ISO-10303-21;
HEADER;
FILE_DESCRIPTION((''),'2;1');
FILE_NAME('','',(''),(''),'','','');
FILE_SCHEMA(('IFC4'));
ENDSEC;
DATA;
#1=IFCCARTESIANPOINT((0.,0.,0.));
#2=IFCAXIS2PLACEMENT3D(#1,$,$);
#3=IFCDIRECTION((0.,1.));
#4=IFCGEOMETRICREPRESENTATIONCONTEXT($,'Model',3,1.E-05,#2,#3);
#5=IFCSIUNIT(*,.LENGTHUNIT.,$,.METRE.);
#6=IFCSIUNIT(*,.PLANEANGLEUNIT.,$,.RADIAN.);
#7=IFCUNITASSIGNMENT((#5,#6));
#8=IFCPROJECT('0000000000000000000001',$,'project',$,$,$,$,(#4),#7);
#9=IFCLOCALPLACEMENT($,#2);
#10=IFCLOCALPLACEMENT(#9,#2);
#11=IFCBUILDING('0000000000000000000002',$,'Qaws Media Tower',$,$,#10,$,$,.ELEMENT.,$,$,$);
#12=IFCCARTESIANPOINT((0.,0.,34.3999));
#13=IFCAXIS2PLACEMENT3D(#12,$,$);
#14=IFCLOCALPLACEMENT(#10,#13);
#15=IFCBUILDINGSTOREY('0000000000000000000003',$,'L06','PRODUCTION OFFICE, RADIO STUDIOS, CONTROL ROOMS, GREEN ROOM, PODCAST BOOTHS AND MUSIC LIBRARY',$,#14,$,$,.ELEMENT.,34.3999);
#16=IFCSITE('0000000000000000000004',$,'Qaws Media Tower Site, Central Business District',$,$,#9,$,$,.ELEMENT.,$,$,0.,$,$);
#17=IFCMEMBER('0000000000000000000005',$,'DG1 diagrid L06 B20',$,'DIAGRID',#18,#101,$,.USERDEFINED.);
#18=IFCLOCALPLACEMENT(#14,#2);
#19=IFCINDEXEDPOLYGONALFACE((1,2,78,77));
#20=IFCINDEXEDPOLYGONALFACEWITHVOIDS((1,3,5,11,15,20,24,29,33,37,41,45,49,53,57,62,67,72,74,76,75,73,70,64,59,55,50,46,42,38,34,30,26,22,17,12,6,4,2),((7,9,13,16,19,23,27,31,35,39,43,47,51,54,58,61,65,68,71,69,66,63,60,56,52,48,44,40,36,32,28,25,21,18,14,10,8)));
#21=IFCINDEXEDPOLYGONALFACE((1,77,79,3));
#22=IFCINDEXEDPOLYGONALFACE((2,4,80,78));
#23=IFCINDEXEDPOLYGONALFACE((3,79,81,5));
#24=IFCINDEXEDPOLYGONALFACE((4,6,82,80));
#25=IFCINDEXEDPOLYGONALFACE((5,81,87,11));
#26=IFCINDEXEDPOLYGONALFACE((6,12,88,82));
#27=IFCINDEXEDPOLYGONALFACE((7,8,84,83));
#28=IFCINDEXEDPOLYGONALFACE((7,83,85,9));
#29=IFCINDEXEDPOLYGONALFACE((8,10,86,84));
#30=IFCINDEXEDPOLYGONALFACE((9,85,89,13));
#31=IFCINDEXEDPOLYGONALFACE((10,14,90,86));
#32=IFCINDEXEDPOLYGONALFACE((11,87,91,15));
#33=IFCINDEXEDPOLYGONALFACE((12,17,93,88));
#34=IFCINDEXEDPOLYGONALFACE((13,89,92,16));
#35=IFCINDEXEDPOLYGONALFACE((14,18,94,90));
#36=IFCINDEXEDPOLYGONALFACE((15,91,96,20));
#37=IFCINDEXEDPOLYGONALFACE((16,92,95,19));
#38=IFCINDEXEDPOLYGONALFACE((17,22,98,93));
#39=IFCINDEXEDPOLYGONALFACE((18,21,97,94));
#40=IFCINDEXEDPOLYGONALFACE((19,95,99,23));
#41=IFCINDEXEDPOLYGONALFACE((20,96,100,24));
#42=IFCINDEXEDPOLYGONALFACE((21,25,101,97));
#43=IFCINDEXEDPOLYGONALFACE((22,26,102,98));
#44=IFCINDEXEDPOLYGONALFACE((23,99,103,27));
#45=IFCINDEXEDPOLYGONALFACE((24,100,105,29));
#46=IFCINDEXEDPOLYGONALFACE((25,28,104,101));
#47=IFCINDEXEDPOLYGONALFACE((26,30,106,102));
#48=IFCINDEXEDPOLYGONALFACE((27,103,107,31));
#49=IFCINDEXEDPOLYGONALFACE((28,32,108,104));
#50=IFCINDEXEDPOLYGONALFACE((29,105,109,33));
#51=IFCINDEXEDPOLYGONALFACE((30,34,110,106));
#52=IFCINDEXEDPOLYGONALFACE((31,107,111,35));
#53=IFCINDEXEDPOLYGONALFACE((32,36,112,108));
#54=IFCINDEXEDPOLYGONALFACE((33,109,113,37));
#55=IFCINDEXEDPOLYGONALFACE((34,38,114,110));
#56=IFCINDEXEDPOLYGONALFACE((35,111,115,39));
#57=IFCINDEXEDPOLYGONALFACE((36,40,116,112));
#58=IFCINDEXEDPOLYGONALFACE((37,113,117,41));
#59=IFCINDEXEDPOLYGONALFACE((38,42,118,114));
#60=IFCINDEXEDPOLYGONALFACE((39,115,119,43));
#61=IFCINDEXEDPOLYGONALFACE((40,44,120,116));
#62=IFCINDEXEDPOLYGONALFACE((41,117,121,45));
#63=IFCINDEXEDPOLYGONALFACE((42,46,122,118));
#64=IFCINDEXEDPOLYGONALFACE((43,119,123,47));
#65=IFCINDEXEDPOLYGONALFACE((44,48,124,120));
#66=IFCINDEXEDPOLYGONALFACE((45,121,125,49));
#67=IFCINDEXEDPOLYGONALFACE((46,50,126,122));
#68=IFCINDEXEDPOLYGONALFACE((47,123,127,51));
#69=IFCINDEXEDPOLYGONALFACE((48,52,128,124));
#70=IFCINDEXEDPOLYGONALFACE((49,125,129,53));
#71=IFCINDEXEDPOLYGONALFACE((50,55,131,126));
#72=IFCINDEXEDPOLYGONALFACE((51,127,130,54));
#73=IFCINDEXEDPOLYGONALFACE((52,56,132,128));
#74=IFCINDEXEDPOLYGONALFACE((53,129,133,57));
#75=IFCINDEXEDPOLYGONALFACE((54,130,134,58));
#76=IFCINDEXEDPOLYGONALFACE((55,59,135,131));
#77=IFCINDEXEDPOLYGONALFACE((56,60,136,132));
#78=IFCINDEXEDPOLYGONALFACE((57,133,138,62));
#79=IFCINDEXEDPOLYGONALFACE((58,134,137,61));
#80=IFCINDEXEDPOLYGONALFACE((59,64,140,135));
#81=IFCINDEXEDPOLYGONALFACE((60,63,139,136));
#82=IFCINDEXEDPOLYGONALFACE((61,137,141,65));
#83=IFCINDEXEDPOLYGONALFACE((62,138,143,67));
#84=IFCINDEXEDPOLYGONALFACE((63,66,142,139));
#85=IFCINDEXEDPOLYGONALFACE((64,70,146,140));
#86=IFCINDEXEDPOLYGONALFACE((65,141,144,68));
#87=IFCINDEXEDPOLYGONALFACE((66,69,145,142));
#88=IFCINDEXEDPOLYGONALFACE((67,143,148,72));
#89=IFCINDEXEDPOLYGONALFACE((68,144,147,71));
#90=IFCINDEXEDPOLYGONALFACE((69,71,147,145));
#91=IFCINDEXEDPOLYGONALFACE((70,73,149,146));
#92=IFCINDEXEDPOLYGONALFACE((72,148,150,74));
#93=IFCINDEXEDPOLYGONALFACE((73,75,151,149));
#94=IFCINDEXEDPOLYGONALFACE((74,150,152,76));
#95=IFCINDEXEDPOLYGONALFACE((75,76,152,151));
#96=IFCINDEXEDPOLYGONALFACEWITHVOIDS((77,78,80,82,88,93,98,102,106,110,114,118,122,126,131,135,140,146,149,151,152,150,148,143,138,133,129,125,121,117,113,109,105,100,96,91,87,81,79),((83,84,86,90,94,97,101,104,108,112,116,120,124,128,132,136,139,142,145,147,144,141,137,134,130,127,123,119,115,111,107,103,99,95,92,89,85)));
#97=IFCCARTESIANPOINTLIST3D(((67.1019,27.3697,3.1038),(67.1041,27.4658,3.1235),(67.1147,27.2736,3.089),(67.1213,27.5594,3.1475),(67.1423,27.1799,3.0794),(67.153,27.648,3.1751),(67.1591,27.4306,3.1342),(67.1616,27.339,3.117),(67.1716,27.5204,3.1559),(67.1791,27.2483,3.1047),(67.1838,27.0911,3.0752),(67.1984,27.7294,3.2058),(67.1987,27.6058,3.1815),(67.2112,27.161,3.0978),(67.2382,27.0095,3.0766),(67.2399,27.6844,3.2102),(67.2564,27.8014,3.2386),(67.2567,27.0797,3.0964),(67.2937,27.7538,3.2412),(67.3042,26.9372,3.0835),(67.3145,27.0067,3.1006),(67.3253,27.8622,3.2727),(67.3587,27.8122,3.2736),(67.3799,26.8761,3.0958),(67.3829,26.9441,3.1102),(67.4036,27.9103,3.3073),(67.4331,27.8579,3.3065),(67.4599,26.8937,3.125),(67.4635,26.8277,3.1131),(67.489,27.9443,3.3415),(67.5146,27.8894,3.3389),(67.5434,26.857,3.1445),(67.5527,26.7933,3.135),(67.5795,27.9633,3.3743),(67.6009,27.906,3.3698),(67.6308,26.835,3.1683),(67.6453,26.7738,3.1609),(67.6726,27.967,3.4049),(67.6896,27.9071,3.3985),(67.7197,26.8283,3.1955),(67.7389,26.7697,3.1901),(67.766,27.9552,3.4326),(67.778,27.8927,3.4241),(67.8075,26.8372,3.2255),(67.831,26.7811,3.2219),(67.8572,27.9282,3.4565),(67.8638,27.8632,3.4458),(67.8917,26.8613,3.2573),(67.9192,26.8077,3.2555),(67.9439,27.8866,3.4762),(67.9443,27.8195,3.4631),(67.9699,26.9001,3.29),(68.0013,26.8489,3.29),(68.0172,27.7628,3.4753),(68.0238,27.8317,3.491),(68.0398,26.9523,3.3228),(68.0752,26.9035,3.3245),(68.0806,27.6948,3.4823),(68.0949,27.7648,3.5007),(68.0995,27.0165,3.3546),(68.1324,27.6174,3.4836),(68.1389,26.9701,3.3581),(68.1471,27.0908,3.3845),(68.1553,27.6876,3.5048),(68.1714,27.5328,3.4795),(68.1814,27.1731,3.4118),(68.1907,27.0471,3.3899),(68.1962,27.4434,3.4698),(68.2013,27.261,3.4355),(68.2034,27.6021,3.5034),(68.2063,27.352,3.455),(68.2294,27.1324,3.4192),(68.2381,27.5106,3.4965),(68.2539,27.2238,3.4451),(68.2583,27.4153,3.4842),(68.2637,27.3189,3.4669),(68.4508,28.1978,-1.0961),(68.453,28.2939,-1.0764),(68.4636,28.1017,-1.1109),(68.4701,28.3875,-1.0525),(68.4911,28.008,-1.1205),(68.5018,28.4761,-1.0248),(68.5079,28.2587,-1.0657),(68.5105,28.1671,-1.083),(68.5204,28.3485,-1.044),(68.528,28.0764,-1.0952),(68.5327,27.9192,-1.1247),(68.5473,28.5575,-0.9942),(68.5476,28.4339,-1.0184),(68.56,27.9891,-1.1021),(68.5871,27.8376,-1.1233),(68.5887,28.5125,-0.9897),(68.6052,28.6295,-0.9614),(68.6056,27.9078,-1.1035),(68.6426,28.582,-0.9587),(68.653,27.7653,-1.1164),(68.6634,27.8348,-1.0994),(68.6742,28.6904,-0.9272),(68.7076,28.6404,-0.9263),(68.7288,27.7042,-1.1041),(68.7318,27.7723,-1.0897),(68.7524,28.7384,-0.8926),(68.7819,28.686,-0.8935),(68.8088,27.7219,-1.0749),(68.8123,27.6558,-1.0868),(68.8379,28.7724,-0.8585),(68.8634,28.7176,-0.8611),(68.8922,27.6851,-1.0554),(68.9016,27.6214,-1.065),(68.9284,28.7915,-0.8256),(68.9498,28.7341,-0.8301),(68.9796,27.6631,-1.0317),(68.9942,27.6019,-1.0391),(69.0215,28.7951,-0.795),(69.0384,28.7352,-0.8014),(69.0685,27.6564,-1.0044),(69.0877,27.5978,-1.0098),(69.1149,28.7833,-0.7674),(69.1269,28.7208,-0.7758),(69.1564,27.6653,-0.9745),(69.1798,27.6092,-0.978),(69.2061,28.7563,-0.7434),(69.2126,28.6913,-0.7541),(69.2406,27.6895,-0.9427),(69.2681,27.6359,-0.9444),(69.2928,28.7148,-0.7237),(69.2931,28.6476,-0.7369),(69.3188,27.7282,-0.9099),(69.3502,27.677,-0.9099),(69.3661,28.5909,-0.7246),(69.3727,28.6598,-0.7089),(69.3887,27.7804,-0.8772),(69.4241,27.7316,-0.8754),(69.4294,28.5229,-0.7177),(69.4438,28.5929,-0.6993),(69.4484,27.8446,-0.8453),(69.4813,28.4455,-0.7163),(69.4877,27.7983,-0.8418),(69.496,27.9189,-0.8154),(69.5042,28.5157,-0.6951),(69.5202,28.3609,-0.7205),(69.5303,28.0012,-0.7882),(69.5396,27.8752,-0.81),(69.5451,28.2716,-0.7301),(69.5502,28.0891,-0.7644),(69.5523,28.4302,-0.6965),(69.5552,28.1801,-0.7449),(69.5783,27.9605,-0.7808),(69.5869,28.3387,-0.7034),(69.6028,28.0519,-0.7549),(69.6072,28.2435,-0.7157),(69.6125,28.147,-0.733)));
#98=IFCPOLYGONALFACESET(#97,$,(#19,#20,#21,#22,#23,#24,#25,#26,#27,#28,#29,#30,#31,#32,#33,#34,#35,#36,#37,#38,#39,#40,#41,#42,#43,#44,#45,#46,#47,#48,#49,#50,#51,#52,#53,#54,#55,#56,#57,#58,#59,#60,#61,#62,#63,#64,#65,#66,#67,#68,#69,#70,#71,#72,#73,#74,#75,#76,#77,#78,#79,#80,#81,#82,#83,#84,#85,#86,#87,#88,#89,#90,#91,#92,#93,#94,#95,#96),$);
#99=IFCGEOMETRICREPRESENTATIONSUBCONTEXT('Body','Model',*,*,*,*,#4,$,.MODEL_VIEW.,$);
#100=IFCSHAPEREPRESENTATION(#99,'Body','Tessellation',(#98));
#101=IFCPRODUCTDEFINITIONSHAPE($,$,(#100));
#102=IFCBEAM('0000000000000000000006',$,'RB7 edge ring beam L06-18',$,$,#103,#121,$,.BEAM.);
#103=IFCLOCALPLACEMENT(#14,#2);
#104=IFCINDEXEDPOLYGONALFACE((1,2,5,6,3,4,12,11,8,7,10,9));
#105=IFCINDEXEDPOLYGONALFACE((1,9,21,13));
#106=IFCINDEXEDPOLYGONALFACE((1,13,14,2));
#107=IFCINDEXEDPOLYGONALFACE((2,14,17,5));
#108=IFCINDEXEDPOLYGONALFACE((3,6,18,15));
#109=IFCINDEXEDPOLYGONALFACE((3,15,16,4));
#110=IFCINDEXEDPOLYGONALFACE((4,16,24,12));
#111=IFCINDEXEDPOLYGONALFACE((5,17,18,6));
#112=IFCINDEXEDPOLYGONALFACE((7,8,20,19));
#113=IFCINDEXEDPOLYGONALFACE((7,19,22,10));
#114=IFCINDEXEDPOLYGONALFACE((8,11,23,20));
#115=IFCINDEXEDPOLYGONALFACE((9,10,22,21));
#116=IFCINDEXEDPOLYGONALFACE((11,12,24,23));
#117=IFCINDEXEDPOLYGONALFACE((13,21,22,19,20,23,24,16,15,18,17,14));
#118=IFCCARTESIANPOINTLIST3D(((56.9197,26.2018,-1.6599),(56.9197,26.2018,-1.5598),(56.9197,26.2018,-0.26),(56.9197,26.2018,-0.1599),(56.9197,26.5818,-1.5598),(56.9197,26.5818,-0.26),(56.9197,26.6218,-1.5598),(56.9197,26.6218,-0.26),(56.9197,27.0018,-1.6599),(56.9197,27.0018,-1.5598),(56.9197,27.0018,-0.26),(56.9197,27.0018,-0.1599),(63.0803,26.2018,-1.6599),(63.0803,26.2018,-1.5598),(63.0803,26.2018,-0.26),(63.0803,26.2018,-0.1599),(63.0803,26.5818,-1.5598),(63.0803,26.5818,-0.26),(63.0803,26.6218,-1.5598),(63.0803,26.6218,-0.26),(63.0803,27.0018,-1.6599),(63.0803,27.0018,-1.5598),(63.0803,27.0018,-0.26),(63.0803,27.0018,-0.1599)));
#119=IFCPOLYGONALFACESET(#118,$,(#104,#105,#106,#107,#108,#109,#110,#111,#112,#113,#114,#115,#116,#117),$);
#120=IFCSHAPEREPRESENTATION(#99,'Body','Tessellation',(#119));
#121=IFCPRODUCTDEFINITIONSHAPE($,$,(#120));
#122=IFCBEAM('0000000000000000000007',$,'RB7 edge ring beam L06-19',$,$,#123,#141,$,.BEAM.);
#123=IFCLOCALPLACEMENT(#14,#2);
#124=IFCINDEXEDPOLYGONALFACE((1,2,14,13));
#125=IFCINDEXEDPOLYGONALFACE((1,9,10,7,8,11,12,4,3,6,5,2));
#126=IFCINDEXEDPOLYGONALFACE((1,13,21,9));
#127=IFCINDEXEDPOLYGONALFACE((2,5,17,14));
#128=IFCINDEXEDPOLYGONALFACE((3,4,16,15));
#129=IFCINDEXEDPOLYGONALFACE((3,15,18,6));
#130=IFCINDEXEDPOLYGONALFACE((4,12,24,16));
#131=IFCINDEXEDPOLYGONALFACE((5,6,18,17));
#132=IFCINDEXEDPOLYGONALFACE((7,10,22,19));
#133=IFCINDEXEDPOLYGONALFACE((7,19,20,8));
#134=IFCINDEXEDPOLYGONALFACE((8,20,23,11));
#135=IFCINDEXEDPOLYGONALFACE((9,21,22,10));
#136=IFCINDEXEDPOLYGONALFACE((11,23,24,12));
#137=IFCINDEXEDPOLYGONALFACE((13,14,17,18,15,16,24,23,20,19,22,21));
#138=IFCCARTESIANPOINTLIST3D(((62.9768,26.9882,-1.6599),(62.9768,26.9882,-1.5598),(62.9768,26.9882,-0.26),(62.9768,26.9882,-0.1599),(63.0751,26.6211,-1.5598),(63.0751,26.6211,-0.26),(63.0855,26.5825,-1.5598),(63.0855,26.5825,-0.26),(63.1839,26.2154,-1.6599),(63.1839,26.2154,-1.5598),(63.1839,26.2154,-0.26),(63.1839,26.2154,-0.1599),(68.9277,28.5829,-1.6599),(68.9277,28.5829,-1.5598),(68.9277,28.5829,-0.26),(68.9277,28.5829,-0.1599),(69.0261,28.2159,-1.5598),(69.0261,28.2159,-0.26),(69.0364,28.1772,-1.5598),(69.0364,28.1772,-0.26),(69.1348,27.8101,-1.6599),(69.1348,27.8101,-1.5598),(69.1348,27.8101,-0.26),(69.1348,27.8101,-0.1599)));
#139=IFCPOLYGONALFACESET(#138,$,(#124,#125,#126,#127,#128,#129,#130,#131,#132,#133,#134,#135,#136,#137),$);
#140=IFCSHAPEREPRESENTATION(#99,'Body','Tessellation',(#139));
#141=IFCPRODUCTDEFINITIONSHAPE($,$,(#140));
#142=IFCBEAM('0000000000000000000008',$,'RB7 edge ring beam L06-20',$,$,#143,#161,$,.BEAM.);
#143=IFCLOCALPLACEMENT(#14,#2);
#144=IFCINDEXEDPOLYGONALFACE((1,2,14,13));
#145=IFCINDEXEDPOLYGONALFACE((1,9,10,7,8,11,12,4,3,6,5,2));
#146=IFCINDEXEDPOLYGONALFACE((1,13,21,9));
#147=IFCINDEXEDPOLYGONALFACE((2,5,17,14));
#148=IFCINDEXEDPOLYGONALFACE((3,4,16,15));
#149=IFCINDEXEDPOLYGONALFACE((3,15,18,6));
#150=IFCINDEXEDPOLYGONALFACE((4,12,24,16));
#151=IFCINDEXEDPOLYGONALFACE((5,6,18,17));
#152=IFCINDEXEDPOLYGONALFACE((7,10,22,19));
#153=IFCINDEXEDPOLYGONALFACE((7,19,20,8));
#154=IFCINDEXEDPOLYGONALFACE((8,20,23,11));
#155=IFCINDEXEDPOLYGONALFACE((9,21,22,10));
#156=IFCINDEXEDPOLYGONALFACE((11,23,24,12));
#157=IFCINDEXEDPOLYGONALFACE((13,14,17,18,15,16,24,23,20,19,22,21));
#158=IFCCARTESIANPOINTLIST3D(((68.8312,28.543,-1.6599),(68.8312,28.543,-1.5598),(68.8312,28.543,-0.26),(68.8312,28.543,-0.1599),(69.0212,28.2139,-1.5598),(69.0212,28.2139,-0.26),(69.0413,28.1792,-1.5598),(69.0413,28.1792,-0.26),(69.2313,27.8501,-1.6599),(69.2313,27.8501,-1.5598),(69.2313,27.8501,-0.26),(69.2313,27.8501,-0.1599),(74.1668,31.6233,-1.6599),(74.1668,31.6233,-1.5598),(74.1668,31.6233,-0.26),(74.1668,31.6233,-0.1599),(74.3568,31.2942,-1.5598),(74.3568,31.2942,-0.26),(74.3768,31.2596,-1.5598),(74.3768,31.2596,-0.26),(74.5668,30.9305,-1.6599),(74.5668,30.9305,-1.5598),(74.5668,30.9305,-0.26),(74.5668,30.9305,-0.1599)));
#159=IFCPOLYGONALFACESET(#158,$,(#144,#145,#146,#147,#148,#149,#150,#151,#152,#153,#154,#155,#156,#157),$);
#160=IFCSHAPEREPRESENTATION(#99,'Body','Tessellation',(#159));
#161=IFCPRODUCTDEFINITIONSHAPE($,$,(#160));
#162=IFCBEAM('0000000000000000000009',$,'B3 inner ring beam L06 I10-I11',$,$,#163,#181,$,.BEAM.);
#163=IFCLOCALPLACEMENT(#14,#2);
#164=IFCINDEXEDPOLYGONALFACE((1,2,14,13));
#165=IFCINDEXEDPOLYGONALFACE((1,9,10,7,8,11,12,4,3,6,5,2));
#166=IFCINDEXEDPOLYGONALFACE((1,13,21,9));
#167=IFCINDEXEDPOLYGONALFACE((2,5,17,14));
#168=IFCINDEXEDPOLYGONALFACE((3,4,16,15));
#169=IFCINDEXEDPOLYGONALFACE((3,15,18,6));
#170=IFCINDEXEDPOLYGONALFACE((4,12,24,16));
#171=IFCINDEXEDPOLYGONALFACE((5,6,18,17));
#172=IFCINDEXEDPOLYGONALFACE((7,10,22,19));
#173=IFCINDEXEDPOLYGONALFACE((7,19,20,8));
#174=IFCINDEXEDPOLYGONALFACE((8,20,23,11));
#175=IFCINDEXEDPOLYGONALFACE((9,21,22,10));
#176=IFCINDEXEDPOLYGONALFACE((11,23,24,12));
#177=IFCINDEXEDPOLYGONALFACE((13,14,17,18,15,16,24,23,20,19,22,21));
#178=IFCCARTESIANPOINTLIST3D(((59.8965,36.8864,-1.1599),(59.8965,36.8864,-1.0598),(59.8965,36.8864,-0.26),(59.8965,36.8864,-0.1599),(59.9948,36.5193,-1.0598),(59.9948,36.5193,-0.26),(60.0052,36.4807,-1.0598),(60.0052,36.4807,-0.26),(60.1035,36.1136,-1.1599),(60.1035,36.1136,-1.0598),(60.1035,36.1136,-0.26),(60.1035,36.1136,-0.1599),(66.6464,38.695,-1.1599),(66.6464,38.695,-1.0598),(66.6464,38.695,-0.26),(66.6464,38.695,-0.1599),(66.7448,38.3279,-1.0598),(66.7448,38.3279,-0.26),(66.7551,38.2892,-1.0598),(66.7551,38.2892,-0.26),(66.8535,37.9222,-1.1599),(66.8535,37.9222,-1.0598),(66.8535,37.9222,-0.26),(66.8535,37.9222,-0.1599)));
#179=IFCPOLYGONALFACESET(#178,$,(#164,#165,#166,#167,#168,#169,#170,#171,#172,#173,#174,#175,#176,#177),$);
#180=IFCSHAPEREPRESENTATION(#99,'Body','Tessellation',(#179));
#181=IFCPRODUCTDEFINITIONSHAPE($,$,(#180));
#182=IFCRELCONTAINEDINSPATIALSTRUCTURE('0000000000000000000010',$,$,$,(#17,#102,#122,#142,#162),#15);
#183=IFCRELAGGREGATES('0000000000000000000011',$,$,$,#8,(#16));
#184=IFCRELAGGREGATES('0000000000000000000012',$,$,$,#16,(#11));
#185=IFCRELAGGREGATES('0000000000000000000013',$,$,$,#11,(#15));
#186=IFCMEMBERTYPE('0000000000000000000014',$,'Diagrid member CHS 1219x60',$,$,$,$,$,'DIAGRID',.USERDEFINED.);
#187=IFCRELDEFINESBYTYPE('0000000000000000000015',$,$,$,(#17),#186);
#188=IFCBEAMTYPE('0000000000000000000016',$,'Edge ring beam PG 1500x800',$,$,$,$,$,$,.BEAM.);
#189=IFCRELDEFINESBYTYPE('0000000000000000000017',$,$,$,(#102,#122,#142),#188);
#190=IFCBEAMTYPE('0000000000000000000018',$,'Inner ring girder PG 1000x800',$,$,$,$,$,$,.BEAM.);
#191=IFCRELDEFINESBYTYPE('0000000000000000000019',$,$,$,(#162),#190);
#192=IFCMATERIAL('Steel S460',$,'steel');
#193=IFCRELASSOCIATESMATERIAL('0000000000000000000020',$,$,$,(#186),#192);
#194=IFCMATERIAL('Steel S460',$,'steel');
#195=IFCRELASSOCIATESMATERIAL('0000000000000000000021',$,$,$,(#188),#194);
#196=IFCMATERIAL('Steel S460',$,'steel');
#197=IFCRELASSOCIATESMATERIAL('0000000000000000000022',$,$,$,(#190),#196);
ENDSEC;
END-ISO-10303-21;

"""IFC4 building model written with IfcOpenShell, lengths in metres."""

from ifc_helpers import new_model, si_unit, direction, frame, origin, origin_2d, place, context, subcontext, project, spatial, hollow_circle, i_section, extrude, material, material_profile, profile_set, type_object, element, save


model = new_model("IFC4")

# Units and contexts
model_context = context("Model", 3, precision=1e-05, world=origin(), true_north=direction((0.0, 1.0)))
body_context = subcontext(model_context, "Body", "Model", "MODEL_VIEW")
ifc_project = project(units=[si_unit("LENGTHUNIT", "METRE"), si_unit("PLANEANGLEUNIT", "RADIAN")], contexts=[model_context])

# Site, building, storey
site_placement = place(None, origin())
site = spatial("IfcSite", under=ifc_project, at=site_placement, Name="Qaws Media Tower Site, Central Business District", CompositionType="ELEMENT", RefElevation=0.0)
building_placement = place(site_placement, origin())
building = spatial("IfcBuilding", under=site, at=building_placement, Name="Qaws Media Tower", CompositionType="ELEMENT")
storey_placement = place(building_placement, frame((0.0, 0.0, 34.3999)))
storey = spatial("IfcBuildingStorey", under=building, at=storey_placement, Name="L06", Description="PRODUCTION OFFICE, RADIO STUDIOS, CONTROL ROOMS, GREEN ROOM, PODCAST BOOTHS AND MUSIC LIBRARY", CompositionType="ELEMENT", Elevation=34.3999)

# Member
ifc_material_1 = material(Name="Steel S460", Category="steel")
ifc_material_profile_1 = material_profile(ifc_material_1, hollow_circle(Radius=0.6096, WallThickness=0.0601, at=origin_2d()), Name="CHS 1219x60")
ifc_profile_set_1 = profile_set([ifc_material_profile_1], Name="Steel S460")
member_type_1 = type_object("IfcMemberType", Name="Diagrid member CHS 1219x60", ElementType="DIAGRID", PredefinedType="USERDEFINED", material=ifc_profile_set_1)
for number, where, z_axis, x_axis, name in (
    (1, (69.0312, 28.1965, -0.9099), (-0.300532, -0.184507, 0.935755), (0.523202, -0.852209, 0.0), "DG1 diagrid L06 B20"),
):
    element("IfcMember", number, at=place(storey_placement, frame(where, z_axis=z_axis, x_axis=x_axis)), inside=storey, type_object=member_type_1, Name=name, ObjectType="DIAGRID", PredefinedType="USERDEFINED", context=body_context, shape_type="SweptSolid", body=[
        extrude(hollow_circle(Radius=0.6096, WallThickness=0.0601, at=origin_2d()), origin(), (0.0, 0.0, 1.0), 4.4883),
    ])

# Beams
ifc_material_2 = material(Name="Steel S460", Category="steel")
ifc_material_profile_2 = material_profile(ifc_material_2, i_section(OverallWidth=0.8, OverallDepth=1.5, WebThickness=0.04, FlangeThickness=0.1001, at=origin_2d()), Name="PG 1500x800")
ifc_profile_set_2 = profile_set([ifc_material_profile_2], Name="Steel S460")
beam_type_1 = type_object("IfcBeamType", Name="Edge ring beam PG 1500x800", PredefinedType="BEAM", material=ifc_profile_set_2)
beam_1_placement = place(storey_placement, frame((56.9197, 26.6018, -0.9099), z_axis=(1.0, 0.0, 0.0), x_axis=(0.0, 1.0, 0.0)))
element("IfcBeam", 2, at=beam_1_placement, inside=storey, type_object=beam_type_1, Name="RB7 edge ring beam L06-18", PredefinedType="BEAM", context=body_context, shape_type="SweptSolid", body=[
    extrude(i_section(OverallWidth=0.8, OverallDepth=1.5, WebThickness=0.04, FlangeThickness=0.1001, at=origin_2d()), origin(), (0.0, 0.0, 1.0), 6.1606),
])
for number, where, z_axis, x_axis, name in (
    (3, (63.0803, 26.6018, -0.9099), (0.965919, 0.258846, 0.0), (-0.258846, 0.965919, 0.0), "RB7 edge ring beam L06-19"),
    (4, (69.0312, 28.1965, -0.9099), (0.866032, 0.499988, 0.0), (-0.499988, 0.866032, 0.0), "RB7 edge ring beam L06-20"),
):
    element("IfcBeam", number, at=place(storey_placement, frame(where, z_axis=z_axis, x_axis=x_axis)), inside=storey, type_object=beam_type_1, Name=name, PredefinedType="BEAM", context=body_context, shape_type="SweptSolid", body=[
        extrude(i_section(OverallWidth=0.8, OverallDepth=1.5, WebThickness=0.04, FlangeThickness=0.1001, at=origin_2d()), origin(), (0.0, 0.0, 1.0), 6.1609),
    ])
ifc_material_3 = material(Name="Steel S460", Category="steel")
ifc_material_profile_3 = material_profile(ifc_material_3, i_section(OverallWidth=0.8, OverallDepth=1.0, WebThickness=0.04, FlangeThickness=0.1001, at=origin_2d()), Name="PG 1000x800")
ifc_profile_set_3 = profile_set([ifc_material_profile_3], Name="Steel S460")
beam_type_2 = type_object("IfcBeamType", Name="Inner ring girder PG 1000x800", PredefinedType="BEAM", material=ifc_profile_set_3)
beam_2_placement = place(storey_placement, frame((60.0, 36.5, -0.6599), z_axis=(0.965928, 0.258811, 0.0), x_axis=(-0.258811, 0.965928, 0.0)))
element("IfcBeam", 5, at=beam_2_placement, inside=storey, type_object=beam_type_2, Name="B3 inner ring beam L06 I10-I11", PredefinedType="BEAM", context=body_context, shape_type="SweptSolid", body=[
    extrude(i_section(OverallWidth=0.8, OverallDepth=1.0, WebThickness=0.04, FlangeThickness=0.1001, at=origin_2d()), origin(), (0.0, 0.0, 1.0), 6.988),
])

save(model, "model.ifc")
